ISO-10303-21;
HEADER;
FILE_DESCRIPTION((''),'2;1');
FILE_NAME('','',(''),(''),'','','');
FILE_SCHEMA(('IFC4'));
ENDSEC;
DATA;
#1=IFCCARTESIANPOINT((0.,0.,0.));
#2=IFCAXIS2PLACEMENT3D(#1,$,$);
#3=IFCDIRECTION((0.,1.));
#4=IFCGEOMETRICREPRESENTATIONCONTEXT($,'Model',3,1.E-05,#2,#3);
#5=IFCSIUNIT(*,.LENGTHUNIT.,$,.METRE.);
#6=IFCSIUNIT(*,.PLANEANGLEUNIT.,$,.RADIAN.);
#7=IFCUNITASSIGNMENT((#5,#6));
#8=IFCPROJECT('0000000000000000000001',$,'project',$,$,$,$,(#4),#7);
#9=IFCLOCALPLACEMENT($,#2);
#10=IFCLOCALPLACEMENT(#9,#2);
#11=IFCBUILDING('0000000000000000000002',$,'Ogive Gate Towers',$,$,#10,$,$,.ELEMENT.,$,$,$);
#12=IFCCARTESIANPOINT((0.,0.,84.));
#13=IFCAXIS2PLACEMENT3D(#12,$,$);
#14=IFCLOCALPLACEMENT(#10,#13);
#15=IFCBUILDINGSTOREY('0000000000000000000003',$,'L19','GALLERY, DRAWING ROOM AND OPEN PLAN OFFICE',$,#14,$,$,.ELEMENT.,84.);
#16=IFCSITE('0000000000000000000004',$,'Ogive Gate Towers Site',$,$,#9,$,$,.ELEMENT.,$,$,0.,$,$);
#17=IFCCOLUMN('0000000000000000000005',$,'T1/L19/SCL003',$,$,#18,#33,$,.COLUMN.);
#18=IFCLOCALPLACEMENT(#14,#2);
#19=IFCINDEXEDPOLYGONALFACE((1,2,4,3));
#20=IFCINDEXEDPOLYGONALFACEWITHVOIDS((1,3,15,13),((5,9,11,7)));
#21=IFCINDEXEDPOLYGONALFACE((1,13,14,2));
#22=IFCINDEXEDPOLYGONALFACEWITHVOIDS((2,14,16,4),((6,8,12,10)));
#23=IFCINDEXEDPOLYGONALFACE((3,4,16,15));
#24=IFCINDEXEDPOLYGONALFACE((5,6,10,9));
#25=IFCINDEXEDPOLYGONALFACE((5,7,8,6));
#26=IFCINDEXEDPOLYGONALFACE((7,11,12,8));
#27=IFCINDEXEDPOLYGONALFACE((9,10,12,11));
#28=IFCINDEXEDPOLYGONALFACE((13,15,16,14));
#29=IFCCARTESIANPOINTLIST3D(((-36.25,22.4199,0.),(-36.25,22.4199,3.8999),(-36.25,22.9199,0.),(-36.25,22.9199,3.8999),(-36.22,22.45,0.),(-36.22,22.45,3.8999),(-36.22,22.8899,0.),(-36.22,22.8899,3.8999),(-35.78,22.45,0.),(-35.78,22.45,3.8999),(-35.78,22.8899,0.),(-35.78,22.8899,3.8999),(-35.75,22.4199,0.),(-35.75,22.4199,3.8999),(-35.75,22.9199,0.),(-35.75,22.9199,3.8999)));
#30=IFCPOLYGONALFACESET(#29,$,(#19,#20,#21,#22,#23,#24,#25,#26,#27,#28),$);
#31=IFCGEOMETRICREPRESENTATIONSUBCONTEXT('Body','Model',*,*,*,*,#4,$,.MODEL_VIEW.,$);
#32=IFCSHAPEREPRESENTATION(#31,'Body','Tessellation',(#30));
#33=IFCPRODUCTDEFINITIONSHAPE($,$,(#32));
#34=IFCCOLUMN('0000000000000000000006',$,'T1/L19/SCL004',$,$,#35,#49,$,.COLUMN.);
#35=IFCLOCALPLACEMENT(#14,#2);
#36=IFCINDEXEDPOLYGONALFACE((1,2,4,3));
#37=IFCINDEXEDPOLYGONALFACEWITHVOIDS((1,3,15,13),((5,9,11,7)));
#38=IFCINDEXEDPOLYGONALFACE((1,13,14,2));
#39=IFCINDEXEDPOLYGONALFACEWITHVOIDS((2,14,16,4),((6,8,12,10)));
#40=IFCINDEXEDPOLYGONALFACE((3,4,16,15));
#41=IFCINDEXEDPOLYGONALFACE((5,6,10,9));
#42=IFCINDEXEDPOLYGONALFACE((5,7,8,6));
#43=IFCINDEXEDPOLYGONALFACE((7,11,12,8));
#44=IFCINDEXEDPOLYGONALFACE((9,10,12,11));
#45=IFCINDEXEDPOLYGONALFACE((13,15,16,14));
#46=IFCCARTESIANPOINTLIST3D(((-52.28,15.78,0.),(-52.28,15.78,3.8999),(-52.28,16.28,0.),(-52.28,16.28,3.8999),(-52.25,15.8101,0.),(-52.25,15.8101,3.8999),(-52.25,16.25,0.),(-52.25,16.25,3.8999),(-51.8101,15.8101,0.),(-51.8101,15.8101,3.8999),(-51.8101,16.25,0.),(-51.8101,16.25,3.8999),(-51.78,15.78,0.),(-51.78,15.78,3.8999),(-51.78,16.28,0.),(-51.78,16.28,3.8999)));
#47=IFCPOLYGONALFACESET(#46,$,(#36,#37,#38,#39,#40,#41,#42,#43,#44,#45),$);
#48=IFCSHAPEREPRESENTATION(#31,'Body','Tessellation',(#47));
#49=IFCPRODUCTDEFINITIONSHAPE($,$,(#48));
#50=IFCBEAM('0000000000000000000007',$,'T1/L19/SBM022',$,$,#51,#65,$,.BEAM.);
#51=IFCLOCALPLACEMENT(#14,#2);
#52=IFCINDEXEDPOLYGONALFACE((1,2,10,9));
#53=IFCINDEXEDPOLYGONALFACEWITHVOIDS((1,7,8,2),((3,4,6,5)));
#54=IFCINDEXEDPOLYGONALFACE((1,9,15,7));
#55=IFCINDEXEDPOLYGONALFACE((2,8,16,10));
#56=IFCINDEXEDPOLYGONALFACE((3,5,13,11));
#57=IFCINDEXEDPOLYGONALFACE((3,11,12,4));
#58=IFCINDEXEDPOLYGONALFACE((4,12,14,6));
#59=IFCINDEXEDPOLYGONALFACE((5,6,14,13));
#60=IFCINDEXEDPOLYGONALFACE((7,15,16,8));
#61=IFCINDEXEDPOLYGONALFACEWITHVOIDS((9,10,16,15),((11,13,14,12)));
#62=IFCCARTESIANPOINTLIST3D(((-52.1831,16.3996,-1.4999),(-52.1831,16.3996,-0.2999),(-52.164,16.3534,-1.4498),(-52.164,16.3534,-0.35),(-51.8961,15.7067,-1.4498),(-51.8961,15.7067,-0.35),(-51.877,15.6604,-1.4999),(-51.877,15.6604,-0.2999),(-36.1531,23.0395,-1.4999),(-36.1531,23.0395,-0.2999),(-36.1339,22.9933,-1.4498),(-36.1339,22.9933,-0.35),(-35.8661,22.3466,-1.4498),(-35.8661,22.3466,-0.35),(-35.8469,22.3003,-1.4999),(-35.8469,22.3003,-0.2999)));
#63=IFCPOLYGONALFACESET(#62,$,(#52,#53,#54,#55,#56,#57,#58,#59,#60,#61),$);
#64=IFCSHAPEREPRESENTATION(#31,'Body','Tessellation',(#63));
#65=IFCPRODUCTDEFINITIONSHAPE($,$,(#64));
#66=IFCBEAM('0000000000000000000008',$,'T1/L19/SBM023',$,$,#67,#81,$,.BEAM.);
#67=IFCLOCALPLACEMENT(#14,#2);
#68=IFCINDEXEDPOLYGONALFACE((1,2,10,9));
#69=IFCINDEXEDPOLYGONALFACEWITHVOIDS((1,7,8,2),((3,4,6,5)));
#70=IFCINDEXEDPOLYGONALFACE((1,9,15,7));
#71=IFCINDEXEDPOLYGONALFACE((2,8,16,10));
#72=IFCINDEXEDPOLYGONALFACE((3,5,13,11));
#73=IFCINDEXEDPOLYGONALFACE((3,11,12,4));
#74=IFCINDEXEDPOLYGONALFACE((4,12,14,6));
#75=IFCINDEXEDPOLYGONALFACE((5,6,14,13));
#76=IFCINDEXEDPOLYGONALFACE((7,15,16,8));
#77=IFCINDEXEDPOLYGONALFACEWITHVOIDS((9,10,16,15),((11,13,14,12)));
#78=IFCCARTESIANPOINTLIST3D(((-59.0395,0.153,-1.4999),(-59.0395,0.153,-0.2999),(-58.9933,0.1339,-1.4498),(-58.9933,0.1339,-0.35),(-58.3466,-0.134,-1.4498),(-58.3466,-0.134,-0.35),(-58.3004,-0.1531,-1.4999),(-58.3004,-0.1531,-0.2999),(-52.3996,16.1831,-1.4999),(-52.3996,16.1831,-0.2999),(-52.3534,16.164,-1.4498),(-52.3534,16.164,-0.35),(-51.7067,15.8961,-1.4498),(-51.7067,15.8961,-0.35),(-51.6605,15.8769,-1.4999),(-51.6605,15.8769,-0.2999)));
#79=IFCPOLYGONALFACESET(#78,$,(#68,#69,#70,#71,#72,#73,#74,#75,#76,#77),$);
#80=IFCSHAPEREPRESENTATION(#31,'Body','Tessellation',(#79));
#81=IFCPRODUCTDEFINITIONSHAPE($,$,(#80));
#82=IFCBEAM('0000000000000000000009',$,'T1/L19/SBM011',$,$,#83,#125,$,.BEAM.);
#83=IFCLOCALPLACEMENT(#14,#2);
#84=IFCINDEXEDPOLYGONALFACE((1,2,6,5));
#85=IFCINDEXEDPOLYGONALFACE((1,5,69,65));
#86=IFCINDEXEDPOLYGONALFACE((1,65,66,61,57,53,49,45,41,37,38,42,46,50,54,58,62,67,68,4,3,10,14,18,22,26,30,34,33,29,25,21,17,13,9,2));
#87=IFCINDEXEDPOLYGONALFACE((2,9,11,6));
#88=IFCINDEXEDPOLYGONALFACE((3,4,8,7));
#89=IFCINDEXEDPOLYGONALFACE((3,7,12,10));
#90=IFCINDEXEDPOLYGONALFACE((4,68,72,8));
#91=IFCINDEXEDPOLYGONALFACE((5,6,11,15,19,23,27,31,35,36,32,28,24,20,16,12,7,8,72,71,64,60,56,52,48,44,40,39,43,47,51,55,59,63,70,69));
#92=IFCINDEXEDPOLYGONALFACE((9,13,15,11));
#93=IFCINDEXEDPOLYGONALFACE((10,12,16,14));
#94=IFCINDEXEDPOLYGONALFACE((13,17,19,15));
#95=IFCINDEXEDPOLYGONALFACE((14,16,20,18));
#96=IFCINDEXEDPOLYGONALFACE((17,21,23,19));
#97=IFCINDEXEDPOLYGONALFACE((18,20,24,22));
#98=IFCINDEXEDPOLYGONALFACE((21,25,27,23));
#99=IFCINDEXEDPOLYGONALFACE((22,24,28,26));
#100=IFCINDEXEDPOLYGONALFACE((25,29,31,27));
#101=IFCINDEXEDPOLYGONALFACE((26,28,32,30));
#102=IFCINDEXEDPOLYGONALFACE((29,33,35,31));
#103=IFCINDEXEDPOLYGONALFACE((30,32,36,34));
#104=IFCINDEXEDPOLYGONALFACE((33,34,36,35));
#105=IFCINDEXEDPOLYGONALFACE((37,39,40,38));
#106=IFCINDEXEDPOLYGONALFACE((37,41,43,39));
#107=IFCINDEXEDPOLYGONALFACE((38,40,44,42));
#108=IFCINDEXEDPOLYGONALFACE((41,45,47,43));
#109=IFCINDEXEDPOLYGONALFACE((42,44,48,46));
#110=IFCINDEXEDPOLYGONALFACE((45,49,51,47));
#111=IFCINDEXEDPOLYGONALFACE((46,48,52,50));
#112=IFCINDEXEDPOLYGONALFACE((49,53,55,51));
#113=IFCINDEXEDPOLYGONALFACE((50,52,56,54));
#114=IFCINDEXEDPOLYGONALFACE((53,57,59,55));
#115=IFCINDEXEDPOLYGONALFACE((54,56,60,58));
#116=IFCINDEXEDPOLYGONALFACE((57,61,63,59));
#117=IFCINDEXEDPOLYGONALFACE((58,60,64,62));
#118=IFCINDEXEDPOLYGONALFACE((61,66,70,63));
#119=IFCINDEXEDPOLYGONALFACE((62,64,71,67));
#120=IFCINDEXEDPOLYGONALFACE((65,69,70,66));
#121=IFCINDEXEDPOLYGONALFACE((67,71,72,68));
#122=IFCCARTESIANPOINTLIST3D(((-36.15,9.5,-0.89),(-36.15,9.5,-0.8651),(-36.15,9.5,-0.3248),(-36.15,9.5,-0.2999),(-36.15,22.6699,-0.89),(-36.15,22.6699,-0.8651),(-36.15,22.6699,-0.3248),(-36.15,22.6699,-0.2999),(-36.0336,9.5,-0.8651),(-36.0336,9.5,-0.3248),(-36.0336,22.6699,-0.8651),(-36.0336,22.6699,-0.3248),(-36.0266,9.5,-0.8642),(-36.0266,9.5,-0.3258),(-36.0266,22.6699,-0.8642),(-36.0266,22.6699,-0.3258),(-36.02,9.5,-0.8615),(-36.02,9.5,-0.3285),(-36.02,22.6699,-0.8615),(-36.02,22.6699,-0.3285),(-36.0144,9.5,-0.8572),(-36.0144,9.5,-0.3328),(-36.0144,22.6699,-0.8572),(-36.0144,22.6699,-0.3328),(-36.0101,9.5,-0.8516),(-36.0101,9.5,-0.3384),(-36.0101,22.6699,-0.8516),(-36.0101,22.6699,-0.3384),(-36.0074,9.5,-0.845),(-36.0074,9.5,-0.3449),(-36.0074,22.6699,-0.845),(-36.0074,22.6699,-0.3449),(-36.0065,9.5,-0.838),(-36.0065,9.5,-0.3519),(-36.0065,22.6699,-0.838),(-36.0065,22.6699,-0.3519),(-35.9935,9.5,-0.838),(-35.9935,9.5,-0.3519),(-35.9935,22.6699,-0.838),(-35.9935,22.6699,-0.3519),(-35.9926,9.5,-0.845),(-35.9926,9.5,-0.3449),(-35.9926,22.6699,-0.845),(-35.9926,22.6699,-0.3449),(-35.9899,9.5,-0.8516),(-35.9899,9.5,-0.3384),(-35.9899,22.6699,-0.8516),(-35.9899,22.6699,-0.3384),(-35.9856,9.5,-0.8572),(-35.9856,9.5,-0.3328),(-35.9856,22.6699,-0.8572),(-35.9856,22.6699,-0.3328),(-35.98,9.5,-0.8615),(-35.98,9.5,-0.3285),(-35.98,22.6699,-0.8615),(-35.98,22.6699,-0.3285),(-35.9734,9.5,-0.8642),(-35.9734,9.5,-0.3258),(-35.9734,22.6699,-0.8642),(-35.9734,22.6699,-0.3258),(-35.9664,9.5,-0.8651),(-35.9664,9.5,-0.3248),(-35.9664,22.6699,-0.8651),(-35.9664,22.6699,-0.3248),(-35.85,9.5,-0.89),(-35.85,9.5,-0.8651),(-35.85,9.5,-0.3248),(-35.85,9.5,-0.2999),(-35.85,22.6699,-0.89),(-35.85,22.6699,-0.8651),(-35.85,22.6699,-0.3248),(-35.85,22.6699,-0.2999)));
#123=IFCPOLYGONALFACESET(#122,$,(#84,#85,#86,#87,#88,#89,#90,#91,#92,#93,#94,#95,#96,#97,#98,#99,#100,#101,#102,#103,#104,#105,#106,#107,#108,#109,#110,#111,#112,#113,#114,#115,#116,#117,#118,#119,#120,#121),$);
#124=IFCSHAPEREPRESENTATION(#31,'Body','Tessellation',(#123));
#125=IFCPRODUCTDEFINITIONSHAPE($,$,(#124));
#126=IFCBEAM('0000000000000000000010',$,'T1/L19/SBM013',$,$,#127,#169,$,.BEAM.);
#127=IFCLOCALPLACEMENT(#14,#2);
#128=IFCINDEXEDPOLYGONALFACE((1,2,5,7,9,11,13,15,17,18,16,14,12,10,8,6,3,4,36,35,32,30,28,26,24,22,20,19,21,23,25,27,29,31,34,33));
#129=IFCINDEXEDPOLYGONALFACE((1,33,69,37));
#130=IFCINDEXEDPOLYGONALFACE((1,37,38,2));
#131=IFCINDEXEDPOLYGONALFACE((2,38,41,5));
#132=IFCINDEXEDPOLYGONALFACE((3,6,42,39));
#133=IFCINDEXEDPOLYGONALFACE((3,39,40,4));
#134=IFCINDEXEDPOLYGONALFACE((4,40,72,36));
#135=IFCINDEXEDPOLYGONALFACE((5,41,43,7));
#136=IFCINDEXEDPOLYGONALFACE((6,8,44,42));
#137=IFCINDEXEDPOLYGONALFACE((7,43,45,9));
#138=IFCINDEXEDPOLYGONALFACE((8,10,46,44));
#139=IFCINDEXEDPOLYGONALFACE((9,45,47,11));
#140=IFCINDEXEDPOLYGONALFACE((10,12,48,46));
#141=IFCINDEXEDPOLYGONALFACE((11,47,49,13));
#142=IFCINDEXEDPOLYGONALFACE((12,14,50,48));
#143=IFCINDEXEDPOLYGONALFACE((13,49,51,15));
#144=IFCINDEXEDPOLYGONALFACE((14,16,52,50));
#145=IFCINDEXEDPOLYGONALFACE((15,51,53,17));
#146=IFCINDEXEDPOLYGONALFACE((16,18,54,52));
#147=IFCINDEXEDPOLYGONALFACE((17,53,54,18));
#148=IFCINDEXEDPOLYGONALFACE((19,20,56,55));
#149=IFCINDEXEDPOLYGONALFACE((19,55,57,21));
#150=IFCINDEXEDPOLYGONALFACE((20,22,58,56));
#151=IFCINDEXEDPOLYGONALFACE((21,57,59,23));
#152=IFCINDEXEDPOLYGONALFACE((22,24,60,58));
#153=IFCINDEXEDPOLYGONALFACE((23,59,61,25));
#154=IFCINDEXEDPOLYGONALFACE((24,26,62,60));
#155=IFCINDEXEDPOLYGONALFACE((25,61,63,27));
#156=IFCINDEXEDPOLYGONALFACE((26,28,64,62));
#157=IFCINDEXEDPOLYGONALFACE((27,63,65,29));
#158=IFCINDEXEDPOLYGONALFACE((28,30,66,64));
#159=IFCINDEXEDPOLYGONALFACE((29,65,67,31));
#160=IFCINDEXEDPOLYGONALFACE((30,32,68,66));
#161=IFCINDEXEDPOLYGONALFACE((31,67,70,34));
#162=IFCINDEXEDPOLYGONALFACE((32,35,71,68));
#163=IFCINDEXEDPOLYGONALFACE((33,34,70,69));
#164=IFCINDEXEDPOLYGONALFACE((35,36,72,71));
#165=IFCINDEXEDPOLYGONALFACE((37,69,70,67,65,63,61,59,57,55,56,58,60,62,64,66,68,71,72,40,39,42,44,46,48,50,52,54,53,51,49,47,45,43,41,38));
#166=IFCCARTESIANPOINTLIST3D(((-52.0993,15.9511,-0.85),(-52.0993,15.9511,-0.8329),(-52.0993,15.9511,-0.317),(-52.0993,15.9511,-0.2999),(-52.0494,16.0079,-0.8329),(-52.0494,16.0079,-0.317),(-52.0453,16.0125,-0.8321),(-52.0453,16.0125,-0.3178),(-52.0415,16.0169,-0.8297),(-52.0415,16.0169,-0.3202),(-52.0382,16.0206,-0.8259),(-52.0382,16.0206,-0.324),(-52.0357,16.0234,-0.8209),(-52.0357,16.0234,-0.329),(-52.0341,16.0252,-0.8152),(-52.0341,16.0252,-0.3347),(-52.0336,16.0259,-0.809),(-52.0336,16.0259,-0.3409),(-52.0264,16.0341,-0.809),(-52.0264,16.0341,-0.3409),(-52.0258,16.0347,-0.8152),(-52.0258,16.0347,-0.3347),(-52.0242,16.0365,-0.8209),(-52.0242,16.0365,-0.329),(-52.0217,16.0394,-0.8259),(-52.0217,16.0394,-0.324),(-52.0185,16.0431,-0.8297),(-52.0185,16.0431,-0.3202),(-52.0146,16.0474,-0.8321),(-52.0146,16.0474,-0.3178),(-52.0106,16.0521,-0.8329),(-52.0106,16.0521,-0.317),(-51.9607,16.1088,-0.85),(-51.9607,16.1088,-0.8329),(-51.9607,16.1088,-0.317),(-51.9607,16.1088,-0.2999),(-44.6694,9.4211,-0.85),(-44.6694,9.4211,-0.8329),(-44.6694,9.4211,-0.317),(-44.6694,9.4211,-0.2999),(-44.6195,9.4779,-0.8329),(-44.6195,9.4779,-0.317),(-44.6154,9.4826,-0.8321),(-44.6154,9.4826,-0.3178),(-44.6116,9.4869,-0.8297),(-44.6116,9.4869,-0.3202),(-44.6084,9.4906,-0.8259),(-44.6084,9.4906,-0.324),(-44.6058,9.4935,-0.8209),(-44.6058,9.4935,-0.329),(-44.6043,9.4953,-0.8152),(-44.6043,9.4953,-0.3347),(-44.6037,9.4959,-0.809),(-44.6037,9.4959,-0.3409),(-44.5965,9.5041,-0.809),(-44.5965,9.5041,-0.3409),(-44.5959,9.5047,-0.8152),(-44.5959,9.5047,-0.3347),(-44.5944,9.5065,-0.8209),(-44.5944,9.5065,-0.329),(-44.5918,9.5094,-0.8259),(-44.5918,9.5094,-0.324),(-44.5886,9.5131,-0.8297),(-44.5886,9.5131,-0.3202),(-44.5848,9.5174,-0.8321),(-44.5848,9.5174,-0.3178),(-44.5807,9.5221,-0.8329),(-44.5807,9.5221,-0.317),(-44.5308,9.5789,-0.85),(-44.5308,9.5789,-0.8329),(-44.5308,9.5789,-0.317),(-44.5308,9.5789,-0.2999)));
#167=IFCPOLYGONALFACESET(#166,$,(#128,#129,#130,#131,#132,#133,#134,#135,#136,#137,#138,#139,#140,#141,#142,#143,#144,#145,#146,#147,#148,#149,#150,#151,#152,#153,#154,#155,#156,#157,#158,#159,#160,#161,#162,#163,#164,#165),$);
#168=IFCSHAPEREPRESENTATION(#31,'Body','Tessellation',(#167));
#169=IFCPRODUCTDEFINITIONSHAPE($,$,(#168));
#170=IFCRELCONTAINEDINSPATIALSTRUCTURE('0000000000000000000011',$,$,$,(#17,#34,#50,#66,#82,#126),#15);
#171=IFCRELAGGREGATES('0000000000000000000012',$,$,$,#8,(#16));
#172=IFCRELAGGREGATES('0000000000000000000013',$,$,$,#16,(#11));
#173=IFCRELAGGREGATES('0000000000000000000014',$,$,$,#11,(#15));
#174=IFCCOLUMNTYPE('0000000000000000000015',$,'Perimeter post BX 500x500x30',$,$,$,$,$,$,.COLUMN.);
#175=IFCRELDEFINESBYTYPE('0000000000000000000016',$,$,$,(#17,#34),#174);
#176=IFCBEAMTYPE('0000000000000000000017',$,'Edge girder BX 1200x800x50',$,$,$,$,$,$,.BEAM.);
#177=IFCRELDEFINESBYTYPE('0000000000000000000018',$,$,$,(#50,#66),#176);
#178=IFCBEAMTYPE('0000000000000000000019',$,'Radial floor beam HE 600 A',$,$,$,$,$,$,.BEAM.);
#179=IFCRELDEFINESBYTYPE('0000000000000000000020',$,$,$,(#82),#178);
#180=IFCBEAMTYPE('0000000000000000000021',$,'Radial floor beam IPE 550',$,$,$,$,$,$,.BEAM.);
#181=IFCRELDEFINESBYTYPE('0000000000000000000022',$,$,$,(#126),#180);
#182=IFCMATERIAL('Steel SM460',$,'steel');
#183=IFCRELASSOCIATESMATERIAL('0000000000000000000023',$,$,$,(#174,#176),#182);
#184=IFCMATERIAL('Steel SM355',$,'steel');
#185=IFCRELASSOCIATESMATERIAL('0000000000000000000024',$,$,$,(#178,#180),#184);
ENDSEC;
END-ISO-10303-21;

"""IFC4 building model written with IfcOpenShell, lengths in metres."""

from ifc_helpers import new_model, si_unit, direction, frame, origin, origin_2d, place, context, subcontext, project, spatial, hollow_rectangle, i_section, extrude, material, material_profile, profile_set, type_object, element, save


model = new_model("IFC4")

# Units and contexts
model_context = context("Model", 3, precision=1e-05, world=origin(), true_north=direction((0.0, 1.0)))
body_context = subcontext(model_context, "Body", "Model", "MODEL_VIEW")
ifc_project = project(units=[si_unit("LENGTHUNIT", "METRE"), si_unit("PLANEANGLEUNIT", "RADIAN")], contexts=[model_context])

# Site, building, storey
site_placement = place(None, origin())
site = spatial("IfcSite", under=ifc_project, at=site_placement, Name="Ogive Gate Towers Site", CompositionType="ELEMENT", RefElevation=0.0)
building_placement = place(site_placement, origin())
building = spatial("IfcBuilding", under=site, at=building_placement, Name="Ogive Gate Towers", CompositionType="ELEMENT")
storey_placement = place(building_placement, frame((0.0, 0.0, 84.0)))
storey = spatial("IfcBuildingStorey", under=building, at=storey_placement, Name="L19", Description="GALLERY, DRAWING ROOM AND OPEN PLAN OFFICE", CompositionType="ELEMENT", Elevation=84.0)

# Columns
ifc_material_1 = material(Name="Steel SM460", Category="steel")
ifc_material_profile_1 = material_profile(ifc_material_1, hollow_rectangle(XDim=0.5, YDim=0.5, WallThickness=0.03, at=origin_2d()), Name="BX 500x500x30")
ifc_profile_set_1 = profile_set([ifc_material_profile_1], Name="Steel SM460")
column_type = type_object("IfcColumnType", Name="Perimeter post BX 500x500x30", PredefinedType="COLUMN", material=ifc_profile_set_1)
for number, where, z_axis, x_axis, name in (
    (1, (-36.0, 22.6699, 0.0), (0.0, 0.0, 1.0), (1.0, 0.0, 0.0), "T1/L19/SCL003"),
    (2, (-52.03, 16.03, 0.0), (0.0, 0.0, 1.0), (1.0, 0.0, 0.0), "T1/L19/SCL004"),
):
    element("IfcColumn", number, at=place(storey_placement, frame(where, z_axis=z_axis, x_axis=x_axis)), inside=storey, type_object=column_type, Name=name, PredefinedType="COLUMN", context=body_context, shape_type="SweptSolid", body=[
        extrude(hollow_rectangle(XDim=0.5, YDim=0.5, WallThickness=0.03, at=origin_2d()), origin(), (0.0, 0.0, 1.0), 3.8999),
    ])

# Beams
ifc_material_profile_2 = material_profile(ifc_material_1, hollow_rectangle(XDim=0.8, YDim=1.2, WallThickness=0.05, at=origin_2d()), Name="BX 1200x800x50")
ifc_profile_set_2 = profile_set([ifc_material_profile_2], Name="Steel SM460")
beam_type_1 = type_object("IfcBeamType", Name="Edge girder BX 1200x800x50", PredefinedType="BEAM", material=ifc_profile_set_2)
for number, where, z_axis, x_axis, name in (
    (3, (-36.0, 22.6699, -0.8999), (-0.923879, -0.382685, 0.0), (0.382685, -0.923879, 0.0), "T1/L19/SBM022"),
    (4, (-52.03, 16.03, -0.8999), (-0.382685, -0.923879, 0.0), (0.923879, -0.382685, 0.0), "T1/L19/SBM023"),
):
    element("IfcBeam", number, at=place(storey_placement, frame(where, z_axis=z_axis, x_axis=x_axis)), inside=storey, type_object=beam_type_1, Name=name, PredefinedType="BEAM", context=body_context, shape_type="SweptSolid", body=[
        extrude(hollow_rectangle(XDim=0.8, YDim=1.2, WallThickness=0.05, at=origin_2d()), origin(), (0.0, 0.0, 1.0), 17.3508),
    ])
ifc_material_2 = material(Name="Steel SM355", Category="steel")
ifc_material_profile_3 = material_profile(ifc_material_2, i_section(OverallWidth=0.3, OverallDepth=0.5901, WebThickness=0.0129, FlangeThickness=0.0249, FilletRadius=0.0271, at=origin_2d()), Name="HE 600 A")
ifc_profile_set_3 = profile_set([ifc_material_profile_3], Name="Steel SM355")
beam_type_2 = type_object("IfcBeamType", Name="Radial floor beam HE 600 A", PredefinedType="BEAM", material=ifc_profile_set_3)
beam_1_placement = place(storey_placement, frame((-36.0, 9.5, -0.595), z_axis=(0.0, 1.0, 0.0), x_axis=(-1.0, 0.0, 0.0)))
element("IfcBeam", 5, at=beam_1_placement, inside=storey, type_object=beam_type_2, Name="T1/L19/SBM011", PredefinedType="BEAM", context=body_context, shape_type="SweptSolid", body=[
    extrude(i_section(OverallWidth=0.3, OverallDepth=0.5901, WebThickness=0.0129, FlangeThickness=0.0249, FilletRadius=0.0271, at=origin_2d()), origin(), (0.0, 0.0, 1.0), 13.1699),
])
ifc_material_profile_4 = material_profile(ifc_material_2, i_section(OverallWidth=0.21, OverallDepth=0.55, WebThickness=0.011, FlangeThickness=0.0171, FilletRadius=0.0239, at=origin_2d()), Name="IPE 550")
ifc_profile_set_4 = profile_set([ifc_material_profile_4], Name="Steel SM355")
beam_type_3 = type_object("IfcBeamType", Name="Radial floor beam IPE 550", PredefinedType="BEAM", material=ifc_profile_set_4)
beam_2_placement = place(storey_placement, frame((-44.6001, 9.5, -0.575), z_axis=(-0.75113, 0.660154, 0.0), x_axis=(-0.660154, -0.75113, 0.0)))
element("IfcBeam", 6, at=beam_2_placement, inside=storey, type_object=beam_type_3, Name="T1/L19/SBM013", PredefinedType="BEAM", context=body_context, shape_type="SweptSolid", body=[
    extrude(i_section(OverallWidth=0.21, OverallDepth=0.55, WebThickness=0.011, FlangeThickness=0.0171, FilletRadius=0.0239, at=origin_2d()), origin(), (0.0, 0.0, 1.0), 9.8916),
])

save(model, "model.ifc")
